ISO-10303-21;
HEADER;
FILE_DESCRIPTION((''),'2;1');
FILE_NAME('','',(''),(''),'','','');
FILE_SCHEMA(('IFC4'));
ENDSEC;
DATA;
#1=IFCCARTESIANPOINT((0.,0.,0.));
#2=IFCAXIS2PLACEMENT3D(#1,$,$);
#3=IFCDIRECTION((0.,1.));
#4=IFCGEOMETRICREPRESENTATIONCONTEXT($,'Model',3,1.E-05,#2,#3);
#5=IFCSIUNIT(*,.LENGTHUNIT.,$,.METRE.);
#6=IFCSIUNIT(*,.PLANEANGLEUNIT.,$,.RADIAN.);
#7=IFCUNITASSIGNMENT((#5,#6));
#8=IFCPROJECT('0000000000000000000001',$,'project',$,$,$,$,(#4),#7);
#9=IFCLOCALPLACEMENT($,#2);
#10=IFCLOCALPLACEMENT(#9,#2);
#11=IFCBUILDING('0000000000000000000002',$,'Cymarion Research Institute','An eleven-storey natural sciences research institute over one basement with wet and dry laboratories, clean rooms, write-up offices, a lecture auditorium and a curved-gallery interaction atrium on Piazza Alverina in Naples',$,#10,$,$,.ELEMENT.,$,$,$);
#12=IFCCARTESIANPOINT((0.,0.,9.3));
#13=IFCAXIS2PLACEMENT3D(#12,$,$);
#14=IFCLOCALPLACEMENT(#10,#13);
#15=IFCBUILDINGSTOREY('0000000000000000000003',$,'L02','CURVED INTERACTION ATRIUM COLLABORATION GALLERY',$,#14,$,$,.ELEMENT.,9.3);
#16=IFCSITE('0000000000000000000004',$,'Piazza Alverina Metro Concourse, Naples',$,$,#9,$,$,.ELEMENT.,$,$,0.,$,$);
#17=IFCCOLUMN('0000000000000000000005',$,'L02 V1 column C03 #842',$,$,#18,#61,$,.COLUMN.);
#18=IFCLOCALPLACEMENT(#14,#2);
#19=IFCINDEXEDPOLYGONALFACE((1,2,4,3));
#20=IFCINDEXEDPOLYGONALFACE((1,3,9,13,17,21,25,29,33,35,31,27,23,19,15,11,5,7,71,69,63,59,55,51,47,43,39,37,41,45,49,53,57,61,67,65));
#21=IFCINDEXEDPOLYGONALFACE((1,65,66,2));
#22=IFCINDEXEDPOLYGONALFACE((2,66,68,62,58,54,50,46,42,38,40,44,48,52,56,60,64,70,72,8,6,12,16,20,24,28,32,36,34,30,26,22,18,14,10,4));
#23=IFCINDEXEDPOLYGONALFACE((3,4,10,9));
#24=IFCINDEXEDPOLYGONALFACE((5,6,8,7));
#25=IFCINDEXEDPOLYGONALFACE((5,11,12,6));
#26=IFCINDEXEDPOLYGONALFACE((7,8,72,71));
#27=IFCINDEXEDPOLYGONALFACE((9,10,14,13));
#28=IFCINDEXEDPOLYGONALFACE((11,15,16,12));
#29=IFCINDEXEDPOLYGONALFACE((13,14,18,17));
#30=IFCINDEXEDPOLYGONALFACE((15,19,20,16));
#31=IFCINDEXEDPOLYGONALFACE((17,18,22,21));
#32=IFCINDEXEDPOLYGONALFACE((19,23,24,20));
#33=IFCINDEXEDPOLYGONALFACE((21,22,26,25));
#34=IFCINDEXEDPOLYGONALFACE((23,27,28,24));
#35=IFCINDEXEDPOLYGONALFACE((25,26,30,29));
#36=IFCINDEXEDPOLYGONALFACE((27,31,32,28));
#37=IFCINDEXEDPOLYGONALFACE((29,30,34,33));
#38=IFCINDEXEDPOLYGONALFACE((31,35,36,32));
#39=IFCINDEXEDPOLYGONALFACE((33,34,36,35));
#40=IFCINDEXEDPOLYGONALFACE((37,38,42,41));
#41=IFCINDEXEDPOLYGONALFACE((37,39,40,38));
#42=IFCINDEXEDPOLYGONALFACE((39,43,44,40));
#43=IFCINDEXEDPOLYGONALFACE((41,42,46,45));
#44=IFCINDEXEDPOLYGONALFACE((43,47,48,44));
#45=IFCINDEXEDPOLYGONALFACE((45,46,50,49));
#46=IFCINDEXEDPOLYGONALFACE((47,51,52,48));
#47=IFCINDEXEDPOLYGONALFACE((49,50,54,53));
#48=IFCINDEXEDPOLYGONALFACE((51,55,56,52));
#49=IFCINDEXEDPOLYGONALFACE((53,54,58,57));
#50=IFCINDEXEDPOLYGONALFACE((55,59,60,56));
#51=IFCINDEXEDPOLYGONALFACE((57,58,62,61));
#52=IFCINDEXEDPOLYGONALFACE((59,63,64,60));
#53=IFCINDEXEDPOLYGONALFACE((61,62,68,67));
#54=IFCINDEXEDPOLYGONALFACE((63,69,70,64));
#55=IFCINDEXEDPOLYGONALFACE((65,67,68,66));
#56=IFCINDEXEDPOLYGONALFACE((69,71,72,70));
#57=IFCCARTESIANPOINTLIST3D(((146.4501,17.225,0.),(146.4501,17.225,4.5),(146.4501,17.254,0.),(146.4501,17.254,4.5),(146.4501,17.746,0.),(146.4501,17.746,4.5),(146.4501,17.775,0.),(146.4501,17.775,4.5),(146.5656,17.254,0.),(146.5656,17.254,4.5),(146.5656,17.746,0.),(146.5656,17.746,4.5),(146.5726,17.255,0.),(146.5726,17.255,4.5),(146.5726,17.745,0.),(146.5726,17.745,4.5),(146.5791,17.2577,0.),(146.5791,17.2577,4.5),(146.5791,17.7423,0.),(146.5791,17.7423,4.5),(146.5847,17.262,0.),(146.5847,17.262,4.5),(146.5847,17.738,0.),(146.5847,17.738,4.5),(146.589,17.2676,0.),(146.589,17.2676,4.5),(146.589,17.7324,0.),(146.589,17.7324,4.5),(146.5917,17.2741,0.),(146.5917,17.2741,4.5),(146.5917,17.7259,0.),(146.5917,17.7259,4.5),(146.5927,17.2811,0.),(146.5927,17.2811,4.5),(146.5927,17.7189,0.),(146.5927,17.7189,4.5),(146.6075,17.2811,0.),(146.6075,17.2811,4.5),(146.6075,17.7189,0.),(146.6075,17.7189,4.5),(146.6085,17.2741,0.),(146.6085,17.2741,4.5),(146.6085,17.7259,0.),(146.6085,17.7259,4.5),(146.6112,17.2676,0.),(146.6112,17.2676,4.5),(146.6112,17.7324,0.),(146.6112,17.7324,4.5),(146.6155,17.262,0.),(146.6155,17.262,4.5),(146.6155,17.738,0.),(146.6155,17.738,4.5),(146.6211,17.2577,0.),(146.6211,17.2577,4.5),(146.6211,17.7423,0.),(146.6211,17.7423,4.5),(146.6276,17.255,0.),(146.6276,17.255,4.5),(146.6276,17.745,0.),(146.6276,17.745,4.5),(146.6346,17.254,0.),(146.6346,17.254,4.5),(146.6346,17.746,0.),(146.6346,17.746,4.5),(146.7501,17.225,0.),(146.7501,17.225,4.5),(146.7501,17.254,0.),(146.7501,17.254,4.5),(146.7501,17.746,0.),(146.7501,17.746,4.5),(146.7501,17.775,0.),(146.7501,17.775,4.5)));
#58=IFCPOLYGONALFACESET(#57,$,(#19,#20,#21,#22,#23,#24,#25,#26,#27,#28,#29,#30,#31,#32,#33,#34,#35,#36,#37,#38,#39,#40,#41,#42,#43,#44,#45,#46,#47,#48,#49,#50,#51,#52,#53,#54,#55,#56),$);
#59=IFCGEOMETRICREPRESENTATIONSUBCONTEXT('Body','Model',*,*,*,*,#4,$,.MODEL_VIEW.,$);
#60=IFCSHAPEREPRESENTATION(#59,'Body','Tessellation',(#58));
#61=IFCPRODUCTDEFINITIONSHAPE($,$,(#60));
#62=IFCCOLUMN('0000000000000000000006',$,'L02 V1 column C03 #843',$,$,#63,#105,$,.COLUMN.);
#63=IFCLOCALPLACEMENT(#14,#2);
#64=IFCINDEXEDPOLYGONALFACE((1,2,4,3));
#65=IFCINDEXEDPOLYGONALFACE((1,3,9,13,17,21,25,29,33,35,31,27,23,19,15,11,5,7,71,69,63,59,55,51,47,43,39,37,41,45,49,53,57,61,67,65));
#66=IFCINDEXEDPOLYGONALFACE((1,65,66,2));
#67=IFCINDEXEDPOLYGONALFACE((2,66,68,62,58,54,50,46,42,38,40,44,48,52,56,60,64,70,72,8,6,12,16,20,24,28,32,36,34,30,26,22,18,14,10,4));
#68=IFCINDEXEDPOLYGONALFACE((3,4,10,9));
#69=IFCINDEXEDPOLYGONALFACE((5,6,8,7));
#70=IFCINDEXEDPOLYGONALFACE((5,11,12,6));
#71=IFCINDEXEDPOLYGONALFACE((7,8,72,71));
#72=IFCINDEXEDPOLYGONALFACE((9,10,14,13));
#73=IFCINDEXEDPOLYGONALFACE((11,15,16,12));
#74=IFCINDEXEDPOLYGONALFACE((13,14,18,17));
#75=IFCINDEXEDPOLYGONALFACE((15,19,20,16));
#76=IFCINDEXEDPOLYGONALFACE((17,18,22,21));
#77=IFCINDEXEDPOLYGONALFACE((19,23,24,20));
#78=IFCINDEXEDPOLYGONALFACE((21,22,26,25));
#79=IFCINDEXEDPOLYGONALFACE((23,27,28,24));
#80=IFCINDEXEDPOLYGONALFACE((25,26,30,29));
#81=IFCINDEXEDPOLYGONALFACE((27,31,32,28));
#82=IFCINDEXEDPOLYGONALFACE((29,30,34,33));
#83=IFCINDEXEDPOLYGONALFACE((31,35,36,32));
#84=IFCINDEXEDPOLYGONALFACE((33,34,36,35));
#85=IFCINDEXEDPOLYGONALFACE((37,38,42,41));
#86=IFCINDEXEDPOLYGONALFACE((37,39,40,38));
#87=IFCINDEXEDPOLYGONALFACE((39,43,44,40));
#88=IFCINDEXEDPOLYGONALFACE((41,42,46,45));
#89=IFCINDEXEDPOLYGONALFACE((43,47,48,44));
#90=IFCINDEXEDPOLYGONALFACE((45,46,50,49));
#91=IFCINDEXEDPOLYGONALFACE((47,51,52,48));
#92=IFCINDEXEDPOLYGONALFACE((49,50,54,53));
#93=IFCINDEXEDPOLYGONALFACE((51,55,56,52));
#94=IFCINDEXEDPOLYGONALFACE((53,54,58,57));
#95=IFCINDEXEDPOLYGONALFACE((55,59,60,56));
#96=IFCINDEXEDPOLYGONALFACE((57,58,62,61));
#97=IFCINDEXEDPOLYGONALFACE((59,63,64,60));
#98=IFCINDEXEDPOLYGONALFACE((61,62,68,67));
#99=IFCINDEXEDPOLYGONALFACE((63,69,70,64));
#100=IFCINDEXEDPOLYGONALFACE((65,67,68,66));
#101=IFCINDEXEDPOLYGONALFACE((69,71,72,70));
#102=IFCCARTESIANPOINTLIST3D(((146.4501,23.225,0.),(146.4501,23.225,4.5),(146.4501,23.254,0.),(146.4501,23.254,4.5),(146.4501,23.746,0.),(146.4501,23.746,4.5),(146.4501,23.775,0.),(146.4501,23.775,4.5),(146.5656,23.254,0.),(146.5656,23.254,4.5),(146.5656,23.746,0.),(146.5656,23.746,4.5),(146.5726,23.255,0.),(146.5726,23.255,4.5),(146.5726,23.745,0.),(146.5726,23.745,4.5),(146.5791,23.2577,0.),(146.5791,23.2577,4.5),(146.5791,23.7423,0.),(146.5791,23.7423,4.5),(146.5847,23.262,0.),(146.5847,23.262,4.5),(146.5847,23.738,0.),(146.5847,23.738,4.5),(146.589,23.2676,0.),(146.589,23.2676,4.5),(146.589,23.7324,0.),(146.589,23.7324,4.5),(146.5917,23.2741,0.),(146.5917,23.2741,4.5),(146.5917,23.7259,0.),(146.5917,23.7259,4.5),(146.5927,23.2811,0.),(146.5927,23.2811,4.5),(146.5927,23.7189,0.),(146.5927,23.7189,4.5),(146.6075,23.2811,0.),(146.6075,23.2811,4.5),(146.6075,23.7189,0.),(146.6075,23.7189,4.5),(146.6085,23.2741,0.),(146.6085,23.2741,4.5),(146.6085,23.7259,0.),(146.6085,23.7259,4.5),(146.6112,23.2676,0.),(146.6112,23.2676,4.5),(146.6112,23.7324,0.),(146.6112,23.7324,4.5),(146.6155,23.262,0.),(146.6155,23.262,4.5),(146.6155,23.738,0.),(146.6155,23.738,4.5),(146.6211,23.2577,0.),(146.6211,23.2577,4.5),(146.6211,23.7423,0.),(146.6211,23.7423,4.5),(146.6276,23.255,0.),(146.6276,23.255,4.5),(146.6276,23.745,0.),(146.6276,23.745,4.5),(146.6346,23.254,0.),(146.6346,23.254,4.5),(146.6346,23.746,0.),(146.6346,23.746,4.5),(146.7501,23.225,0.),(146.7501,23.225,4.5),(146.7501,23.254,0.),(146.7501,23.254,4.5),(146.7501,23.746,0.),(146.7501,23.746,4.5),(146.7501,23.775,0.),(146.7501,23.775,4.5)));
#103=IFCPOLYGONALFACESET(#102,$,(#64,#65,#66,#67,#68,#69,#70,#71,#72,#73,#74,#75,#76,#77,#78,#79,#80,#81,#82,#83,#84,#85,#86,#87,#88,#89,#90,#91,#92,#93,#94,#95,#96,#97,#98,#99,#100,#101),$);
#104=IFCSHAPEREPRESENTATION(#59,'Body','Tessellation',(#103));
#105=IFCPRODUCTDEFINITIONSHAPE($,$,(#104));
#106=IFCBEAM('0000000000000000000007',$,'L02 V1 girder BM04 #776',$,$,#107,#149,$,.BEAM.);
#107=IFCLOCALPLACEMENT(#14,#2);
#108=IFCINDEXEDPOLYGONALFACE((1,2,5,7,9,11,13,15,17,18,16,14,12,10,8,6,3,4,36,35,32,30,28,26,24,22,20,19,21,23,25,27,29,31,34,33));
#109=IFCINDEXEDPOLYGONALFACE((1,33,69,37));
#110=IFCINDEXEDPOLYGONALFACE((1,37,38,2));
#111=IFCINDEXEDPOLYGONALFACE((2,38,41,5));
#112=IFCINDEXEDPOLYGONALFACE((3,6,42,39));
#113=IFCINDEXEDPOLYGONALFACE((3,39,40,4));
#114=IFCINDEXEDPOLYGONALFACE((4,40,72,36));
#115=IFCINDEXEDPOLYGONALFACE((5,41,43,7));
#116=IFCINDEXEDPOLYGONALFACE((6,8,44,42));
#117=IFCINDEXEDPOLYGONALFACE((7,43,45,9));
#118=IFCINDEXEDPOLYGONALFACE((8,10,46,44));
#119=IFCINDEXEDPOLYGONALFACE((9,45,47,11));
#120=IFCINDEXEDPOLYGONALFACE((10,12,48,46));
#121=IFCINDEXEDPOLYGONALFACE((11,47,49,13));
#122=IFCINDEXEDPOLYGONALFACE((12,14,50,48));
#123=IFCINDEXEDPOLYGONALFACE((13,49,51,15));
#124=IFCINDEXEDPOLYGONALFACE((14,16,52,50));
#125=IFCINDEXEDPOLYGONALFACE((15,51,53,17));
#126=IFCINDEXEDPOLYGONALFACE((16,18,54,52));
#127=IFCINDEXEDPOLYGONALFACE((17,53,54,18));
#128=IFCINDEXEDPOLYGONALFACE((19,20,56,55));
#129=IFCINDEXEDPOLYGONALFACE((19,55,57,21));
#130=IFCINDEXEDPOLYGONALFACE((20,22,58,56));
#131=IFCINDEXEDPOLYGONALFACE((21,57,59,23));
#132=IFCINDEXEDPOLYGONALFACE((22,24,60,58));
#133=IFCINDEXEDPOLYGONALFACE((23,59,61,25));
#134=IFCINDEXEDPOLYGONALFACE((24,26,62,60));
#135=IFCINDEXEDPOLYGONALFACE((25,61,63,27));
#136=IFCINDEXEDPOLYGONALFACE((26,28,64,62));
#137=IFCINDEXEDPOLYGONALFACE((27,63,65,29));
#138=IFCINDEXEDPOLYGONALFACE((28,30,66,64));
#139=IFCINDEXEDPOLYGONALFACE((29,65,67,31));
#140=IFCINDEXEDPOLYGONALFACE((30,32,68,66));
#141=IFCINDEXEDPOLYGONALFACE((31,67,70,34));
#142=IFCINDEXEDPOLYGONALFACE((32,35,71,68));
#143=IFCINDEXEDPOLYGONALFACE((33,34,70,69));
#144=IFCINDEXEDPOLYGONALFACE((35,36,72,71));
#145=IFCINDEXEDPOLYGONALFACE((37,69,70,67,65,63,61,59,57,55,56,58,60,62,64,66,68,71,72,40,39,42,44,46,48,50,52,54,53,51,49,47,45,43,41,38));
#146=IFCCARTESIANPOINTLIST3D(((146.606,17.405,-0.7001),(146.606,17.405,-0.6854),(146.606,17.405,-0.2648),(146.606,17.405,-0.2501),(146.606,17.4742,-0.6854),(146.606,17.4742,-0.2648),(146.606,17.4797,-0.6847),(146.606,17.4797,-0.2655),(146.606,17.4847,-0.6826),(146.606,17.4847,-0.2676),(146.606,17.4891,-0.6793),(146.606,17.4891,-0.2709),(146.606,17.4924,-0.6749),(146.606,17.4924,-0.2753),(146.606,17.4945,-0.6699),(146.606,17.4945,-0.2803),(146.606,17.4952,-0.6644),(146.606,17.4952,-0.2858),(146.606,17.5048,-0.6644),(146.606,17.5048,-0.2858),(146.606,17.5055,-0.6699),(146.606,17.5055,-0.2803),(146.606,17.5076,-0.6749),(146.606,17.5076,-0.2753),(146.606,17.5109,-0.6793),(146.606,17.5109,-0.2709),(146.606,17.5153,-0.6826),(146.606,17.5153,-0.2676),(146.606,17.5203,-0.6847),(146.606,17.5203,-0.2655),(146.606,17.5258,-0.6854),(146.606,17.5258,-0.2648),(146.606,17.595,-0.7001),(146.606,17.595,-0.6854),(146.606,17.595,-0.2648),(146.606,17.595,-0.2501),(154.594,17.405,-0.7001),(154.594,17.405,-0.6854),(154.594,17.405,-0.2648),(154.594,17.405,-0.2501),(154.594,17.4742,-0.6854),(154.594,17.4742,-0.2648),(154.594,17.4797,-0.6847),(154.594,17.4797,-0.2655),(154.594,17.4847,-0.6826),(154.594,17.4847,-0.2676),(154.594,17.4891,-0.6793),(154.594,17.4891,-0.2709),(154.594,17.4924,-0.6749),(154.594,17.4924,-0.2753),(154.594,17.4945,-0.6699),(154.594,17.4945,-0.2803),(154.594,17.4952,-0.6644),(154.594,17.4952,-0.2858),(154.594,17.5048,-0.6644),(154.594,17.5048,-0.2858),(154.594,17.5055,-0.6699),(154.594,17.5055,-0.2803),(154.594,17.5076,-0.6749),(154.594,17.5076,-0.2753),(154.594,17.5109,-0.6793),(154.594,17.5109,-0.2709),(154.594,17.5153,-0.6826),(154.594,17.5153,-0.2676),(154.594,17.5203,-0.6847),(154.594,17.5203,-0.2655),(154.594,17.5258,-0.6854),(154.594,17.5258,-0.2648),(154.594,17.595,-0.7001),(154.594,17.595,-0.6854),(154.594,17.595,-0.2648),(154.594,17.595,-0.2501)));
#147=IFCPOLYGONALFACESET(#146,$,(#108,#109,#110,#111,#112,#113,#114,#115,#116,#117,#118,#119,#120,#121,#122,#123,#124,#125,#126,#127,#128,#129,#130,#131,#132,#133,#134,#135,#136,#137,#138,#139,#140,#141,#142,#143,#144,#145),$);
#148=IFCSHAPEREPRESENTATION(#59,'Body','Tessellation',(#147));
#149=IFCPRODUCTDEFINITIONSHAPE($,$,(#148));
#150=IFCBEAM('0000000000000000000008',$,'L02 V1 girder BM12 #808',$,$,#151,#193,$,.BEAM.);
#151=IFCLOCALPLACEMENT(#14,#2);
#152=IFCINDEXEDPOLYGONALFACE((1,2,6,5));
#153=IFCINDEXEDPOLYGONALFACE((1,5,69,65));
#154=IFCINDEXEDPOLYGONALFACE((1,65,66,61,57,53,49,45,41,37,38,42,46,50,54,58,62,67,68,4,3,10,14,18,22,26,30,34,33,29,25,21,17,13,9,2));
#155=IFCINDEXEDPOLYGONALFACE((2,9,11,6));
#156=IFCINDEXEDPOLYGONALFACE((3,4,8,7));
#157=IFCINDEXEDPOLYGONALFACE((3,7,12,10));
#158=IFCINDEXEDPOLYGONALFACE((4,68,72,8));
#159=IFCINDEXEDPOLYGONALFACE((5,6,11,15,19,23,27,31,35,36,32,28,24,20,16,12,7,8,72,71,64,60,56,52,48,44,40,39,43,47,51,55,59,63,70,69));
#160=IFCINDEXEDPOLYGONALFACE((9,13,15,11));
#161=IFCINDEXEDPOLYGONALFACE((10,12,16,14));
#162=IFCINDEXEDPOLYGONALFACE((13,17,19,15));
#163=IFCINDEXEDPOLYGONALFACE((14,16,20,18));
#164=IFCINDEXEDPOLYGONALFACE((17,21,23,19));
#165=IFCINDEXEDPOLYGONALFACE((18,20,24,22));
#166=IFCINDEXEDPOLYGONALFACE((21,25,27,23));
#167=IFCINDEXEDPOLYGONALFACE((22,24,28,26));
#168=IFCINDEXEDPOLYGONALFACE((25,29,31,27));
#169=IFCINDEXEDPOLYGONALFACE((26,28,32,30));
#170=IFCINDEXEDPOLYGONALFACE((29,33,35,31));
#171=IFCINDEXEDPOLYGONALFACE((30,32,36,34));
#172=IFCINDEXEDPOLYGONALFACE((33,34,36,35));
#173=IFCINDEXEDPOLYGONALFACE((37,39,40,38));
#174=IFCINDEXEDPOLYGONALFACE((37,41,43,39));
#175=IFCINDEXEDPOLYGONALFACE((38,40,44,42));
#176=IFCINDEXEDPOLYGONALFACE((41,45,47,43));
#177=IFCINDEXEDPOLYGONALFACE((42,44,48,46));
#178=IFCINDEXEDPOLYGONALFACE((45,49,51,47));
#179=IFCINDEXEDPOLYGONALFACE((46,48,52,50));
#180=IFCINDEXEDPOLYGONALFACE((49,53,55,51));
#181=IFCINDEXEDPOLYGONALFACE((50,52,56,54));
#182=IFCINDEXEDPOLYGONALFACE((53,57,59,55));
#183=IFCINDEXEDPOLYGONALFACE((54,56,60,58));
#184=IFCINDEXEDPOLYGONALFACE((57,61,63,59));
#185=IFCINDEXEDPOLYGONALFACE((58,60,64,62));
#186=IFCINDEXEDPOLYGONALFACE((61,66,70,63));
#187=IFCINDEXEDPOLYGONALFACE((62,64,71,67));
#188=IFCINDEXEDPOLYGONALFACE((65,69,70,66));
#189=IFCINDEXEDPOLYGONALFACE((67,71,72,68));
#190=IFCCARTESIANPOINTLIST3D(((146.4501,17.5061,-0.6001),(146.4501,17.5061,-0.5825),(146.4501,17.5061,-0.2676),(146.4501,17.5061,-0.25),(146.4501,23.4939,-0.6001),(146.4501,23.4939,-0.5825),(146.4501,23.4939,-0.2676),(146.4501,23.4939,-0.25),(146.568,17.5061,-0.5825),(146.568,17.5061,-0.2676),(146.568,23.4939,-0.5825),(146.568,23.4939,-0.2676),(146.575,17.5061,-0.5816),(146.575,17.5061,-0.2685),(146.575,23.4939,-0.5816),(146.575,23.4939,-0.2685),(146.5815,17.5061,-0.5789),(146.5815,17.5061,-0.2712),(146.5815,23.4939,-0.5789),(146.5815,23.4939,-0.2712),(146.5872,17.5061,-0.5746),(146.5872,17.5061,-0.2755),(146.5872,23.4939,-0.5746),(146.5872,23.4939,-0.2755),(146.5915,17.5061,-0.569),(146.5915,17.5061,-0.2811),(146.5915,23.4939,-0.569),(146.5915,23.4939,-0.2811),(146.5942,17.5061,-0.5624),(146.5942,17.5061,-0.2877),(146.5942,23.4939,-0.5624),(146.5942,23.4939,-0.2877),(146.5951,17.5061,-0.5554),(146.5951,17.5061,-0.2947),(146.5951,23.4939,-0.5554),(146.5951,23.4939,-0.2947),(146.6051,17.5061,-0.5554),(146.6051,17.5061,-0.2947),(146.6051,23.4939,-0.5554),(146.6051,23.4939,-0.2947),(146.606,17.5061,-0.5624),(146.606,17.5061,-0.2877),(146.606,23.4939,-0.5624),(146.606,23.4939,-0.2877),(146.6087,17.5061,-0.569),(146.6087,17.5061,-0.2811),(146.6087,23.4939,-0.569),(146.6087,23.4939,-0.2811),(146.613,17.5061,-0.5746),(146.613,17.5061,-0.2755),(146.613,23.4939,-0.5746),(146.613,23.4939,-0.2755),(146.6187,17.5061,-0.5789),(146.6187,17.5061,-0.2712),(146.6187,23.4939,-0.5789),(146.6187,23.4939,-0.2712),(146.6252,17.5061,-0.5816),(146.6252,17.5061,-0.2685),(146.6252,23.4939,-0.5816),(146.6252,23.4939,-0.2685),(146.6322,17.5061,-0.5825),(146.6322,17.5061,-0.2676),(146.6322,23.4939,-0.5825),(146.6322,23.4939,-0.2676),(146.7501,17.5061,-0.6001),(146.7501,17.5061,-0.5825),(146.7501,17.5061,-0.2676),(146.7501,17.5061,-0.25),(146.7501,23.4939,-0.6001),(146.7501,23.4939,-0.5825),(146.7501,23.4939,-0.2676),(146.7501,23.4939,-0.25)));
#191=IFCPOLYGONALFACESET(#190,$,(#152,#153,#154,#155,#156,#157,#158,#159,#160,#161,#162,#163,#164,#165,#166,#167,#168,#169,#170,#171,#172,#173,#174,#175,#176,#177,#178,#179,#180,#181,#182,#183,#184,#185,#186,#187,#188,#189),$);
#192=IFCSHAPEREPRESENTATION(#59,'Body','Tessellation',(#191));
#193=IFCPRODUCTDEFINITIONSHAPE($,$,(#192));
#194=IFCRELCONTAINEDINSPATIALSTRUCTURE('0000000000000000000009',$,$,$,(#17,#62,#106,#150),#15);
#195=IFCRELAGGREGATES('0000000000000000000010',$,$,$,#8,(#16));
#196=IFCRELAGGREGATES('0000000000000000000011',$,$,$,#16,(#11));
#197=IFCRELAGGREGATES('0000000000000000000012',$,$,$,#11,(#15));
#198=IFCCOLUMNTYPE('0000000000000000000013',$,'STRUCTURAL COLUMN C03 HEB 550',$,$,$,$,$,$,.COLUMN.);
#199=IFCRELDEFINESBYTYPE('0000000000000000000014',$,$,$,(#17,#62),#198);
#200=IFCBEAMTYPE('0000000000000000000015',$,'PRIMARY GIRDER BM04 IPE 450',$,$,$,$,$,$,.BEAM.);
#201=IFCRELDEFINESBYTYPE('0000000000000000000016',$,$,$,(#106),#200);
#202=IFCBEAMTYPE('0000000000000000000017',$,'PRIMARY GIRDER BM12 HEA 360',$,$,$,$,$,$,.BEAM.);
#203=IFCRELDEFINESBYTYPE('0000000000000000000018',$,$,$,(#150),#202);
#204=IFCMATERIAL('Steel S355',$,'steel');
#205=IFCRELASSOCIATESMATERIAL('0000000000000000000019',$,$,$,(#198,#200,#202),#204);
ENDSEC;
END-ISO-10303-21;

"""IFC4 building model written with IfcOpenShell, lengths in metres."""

from ifc_helpers import new_model, si_unit, direction, frame, origin, origin_2d, place, context, subcontext, project, spatial, i_section, extrude, material, material_profile, profile_set, type_object, element, save


model = new_model("IFC4")

# Units and contexts
model_context = context("Model", 3, precision=1e-05, world=origin(), true_north=direction((0.0, 1.0)))
body_context = subcontext(model_context, "Body", "Model", "MODEL_VIEW")
ifc_project = project(units=[si_unit("LENGTHUNIT", "METRE"), si_unit("PLANEANGLEUNIT", "RADIAN")], contexts=[model_context])

# Site, building, storey
site_placement = place(None, origin())
site = spatial("IfcSite", under=ifc_project, at=site_placement, Name="Piazza Alverina Metro Concourse, Naples", CompositionType="ELEMENT", RefElevation=0.0)
building_placement = place(site_placement, origin())
building = spatial("IfcBuilding", under=site, at=building_placement, Name="Cymarion Research Institute", Description="An eleven-storey natural sciences research institute over one basement with wet and dry laboratories, clean rooms, write-up offices, a lecture auditorium and a curved-gallery interaction atrium on Piazza Alverina in Naples", CompositionType="ELEMENT")
storey_placement = place(building_placement, frame((0.0, 0.0, 9.3)))
storey = spatial("IfcBuildingStorey", under=building, at=storey_placement, Name="L02", Description="CURVED INTERACTION ATRIUM COLLABORATION GALLERY", CompositionType="ELEMENT", Elevation=9.3)

# Columns
ifc_material_1 = material(Name="Steel S355", Category="steel")
ifc_material_profile_1 = material_profile(ifc_material_1, i_section(OverallWidth=0.3, OverallDepth=0.55, WebThickness=0.0149, FlangeThickness=0.0291, FilletRadius=0.0271, at=origin_2d()), Name="HEB 550")
ifc_profile_set_1 = profile_set([ifc_material_profile_1], Name="Steel S355")
column_type = type_object("IfcColumnType", Name="STRUCTURAL COLUMN C03 HEB 550", PredefinedType="COLUMN", material=ifc_profile_set_1)
for number, where, z_axis, x_axis, name in (
    (1, (146.6001, 17.5, 0.0), (0.0, 0.0, 1.0), (1.0, 0.0, 0.0), "L02 V1 column C03 #842"),
    (2, (146.6001, 23.5, 0.0), (0.0, 0.0, 1.0), (1.0, 0.0, 0.0), "L02 V1 column C03 #843"),
):
    element("IfcColumn", number, at=place(storey_placement, frame(where, z_axis=z_axis, x_axis=x_axis)), inside=storey, type_object=column_type, Name=name, PredefinedType="COLUMN", context=body_context, shape_type="SweptSolid", body=[
        extrude(i_section(OverallWidth=0.3, OverallDepth=0.55, WebThickness=0.0149, FlangeThickness=0.0291, FilletRadius=0.0271, at=origin_2d()), origin(), (0.0, 0.0, 1.0), 4.5),
    ])

# Beams
ifc_material_profile_2 = material_profile(ifc_material_1, i_section(OverallWidth=0.1899, OverallDepth=0.45, WebThickness=0.0095, FlangeThickness=0.0146, FilletRadius=0.021, at=origin_2d()), Name="IPE 450")
ifc_profile_set_2 = profile_set([ifc_material_profile_2], Name="Steel S355")
beam_type_1 = type_object("IfcBeamType", Name="PRIMARY GIRDER BM04 IPE 450", PredefinedType="BEAM", material=ifc_profile_set_2)
beam_1_placement = place(storey_placement, frame((146.606, 17.5, -0.4751), z_axis=(1.0, 0.0, 0.0), x_axis=(0.0, 1.0, 0.0)))
element("IfcBeam", 3, at=beam_1_placement, inside=storey, type_object=beam_type_1, Name="L02 V1 girder BM04 #776", PredefinedType="BEAM", context=body_context, shape_type="SweptSolid", body=[
    extrude(i_section(OverallWidth=0.1899, OverallDepth=0.45, WebThickness=0.0095, FlangeThickness=0.0146, FilletRadius=0.021, at=origin_2d()), origin(), (0.0, 0.0, 1.0), 7.988),
])
ifc_material_profile_3 = material_profile(ifc_material_1, i_section(OverallWidth=0.3, OverallDepth=0.3501, WebThickness=0.01, FlangeThickness=0.0176, FilletRadius=0.0271, at=origin_2d()), Name="HEA 360")
ifc_profile_set_3 = profile_set([ifc_material_profile_3], Name="Steel S355")
beam_type_2 = type_object("IfcBeamType", Name="PRIMARY GIRDER BM12 HEA 360", PredefinedType="BEAM", material=ifc_profile_set_3)
beam_2_placement = place(storey_placement, frame((146.6001, 17.5061, -0.425), z_axis=(0.0, 1.0, 0.0), x_axis=(-1.0, 0.0, 0.0)))
element("IfcBeam", 4, at=beam_2_placement, inside=storey, type_object=beam_type_2, Name="L02 V1 girder BM12 #808", PredefinedType="BEAM", context=body_context, shape_type="SweptSolid", body=[
    extrude(i_section(OverallWidth=0.3, OverallDepth=0.3501, WebThickness=0.01, FlangeThickness=0.0176, FilletRadius=0.0271, at=origin_2d()), origin(), (0.0, 0.0, 1.0), 5.9878),
])

save(model, "model.ifc")
